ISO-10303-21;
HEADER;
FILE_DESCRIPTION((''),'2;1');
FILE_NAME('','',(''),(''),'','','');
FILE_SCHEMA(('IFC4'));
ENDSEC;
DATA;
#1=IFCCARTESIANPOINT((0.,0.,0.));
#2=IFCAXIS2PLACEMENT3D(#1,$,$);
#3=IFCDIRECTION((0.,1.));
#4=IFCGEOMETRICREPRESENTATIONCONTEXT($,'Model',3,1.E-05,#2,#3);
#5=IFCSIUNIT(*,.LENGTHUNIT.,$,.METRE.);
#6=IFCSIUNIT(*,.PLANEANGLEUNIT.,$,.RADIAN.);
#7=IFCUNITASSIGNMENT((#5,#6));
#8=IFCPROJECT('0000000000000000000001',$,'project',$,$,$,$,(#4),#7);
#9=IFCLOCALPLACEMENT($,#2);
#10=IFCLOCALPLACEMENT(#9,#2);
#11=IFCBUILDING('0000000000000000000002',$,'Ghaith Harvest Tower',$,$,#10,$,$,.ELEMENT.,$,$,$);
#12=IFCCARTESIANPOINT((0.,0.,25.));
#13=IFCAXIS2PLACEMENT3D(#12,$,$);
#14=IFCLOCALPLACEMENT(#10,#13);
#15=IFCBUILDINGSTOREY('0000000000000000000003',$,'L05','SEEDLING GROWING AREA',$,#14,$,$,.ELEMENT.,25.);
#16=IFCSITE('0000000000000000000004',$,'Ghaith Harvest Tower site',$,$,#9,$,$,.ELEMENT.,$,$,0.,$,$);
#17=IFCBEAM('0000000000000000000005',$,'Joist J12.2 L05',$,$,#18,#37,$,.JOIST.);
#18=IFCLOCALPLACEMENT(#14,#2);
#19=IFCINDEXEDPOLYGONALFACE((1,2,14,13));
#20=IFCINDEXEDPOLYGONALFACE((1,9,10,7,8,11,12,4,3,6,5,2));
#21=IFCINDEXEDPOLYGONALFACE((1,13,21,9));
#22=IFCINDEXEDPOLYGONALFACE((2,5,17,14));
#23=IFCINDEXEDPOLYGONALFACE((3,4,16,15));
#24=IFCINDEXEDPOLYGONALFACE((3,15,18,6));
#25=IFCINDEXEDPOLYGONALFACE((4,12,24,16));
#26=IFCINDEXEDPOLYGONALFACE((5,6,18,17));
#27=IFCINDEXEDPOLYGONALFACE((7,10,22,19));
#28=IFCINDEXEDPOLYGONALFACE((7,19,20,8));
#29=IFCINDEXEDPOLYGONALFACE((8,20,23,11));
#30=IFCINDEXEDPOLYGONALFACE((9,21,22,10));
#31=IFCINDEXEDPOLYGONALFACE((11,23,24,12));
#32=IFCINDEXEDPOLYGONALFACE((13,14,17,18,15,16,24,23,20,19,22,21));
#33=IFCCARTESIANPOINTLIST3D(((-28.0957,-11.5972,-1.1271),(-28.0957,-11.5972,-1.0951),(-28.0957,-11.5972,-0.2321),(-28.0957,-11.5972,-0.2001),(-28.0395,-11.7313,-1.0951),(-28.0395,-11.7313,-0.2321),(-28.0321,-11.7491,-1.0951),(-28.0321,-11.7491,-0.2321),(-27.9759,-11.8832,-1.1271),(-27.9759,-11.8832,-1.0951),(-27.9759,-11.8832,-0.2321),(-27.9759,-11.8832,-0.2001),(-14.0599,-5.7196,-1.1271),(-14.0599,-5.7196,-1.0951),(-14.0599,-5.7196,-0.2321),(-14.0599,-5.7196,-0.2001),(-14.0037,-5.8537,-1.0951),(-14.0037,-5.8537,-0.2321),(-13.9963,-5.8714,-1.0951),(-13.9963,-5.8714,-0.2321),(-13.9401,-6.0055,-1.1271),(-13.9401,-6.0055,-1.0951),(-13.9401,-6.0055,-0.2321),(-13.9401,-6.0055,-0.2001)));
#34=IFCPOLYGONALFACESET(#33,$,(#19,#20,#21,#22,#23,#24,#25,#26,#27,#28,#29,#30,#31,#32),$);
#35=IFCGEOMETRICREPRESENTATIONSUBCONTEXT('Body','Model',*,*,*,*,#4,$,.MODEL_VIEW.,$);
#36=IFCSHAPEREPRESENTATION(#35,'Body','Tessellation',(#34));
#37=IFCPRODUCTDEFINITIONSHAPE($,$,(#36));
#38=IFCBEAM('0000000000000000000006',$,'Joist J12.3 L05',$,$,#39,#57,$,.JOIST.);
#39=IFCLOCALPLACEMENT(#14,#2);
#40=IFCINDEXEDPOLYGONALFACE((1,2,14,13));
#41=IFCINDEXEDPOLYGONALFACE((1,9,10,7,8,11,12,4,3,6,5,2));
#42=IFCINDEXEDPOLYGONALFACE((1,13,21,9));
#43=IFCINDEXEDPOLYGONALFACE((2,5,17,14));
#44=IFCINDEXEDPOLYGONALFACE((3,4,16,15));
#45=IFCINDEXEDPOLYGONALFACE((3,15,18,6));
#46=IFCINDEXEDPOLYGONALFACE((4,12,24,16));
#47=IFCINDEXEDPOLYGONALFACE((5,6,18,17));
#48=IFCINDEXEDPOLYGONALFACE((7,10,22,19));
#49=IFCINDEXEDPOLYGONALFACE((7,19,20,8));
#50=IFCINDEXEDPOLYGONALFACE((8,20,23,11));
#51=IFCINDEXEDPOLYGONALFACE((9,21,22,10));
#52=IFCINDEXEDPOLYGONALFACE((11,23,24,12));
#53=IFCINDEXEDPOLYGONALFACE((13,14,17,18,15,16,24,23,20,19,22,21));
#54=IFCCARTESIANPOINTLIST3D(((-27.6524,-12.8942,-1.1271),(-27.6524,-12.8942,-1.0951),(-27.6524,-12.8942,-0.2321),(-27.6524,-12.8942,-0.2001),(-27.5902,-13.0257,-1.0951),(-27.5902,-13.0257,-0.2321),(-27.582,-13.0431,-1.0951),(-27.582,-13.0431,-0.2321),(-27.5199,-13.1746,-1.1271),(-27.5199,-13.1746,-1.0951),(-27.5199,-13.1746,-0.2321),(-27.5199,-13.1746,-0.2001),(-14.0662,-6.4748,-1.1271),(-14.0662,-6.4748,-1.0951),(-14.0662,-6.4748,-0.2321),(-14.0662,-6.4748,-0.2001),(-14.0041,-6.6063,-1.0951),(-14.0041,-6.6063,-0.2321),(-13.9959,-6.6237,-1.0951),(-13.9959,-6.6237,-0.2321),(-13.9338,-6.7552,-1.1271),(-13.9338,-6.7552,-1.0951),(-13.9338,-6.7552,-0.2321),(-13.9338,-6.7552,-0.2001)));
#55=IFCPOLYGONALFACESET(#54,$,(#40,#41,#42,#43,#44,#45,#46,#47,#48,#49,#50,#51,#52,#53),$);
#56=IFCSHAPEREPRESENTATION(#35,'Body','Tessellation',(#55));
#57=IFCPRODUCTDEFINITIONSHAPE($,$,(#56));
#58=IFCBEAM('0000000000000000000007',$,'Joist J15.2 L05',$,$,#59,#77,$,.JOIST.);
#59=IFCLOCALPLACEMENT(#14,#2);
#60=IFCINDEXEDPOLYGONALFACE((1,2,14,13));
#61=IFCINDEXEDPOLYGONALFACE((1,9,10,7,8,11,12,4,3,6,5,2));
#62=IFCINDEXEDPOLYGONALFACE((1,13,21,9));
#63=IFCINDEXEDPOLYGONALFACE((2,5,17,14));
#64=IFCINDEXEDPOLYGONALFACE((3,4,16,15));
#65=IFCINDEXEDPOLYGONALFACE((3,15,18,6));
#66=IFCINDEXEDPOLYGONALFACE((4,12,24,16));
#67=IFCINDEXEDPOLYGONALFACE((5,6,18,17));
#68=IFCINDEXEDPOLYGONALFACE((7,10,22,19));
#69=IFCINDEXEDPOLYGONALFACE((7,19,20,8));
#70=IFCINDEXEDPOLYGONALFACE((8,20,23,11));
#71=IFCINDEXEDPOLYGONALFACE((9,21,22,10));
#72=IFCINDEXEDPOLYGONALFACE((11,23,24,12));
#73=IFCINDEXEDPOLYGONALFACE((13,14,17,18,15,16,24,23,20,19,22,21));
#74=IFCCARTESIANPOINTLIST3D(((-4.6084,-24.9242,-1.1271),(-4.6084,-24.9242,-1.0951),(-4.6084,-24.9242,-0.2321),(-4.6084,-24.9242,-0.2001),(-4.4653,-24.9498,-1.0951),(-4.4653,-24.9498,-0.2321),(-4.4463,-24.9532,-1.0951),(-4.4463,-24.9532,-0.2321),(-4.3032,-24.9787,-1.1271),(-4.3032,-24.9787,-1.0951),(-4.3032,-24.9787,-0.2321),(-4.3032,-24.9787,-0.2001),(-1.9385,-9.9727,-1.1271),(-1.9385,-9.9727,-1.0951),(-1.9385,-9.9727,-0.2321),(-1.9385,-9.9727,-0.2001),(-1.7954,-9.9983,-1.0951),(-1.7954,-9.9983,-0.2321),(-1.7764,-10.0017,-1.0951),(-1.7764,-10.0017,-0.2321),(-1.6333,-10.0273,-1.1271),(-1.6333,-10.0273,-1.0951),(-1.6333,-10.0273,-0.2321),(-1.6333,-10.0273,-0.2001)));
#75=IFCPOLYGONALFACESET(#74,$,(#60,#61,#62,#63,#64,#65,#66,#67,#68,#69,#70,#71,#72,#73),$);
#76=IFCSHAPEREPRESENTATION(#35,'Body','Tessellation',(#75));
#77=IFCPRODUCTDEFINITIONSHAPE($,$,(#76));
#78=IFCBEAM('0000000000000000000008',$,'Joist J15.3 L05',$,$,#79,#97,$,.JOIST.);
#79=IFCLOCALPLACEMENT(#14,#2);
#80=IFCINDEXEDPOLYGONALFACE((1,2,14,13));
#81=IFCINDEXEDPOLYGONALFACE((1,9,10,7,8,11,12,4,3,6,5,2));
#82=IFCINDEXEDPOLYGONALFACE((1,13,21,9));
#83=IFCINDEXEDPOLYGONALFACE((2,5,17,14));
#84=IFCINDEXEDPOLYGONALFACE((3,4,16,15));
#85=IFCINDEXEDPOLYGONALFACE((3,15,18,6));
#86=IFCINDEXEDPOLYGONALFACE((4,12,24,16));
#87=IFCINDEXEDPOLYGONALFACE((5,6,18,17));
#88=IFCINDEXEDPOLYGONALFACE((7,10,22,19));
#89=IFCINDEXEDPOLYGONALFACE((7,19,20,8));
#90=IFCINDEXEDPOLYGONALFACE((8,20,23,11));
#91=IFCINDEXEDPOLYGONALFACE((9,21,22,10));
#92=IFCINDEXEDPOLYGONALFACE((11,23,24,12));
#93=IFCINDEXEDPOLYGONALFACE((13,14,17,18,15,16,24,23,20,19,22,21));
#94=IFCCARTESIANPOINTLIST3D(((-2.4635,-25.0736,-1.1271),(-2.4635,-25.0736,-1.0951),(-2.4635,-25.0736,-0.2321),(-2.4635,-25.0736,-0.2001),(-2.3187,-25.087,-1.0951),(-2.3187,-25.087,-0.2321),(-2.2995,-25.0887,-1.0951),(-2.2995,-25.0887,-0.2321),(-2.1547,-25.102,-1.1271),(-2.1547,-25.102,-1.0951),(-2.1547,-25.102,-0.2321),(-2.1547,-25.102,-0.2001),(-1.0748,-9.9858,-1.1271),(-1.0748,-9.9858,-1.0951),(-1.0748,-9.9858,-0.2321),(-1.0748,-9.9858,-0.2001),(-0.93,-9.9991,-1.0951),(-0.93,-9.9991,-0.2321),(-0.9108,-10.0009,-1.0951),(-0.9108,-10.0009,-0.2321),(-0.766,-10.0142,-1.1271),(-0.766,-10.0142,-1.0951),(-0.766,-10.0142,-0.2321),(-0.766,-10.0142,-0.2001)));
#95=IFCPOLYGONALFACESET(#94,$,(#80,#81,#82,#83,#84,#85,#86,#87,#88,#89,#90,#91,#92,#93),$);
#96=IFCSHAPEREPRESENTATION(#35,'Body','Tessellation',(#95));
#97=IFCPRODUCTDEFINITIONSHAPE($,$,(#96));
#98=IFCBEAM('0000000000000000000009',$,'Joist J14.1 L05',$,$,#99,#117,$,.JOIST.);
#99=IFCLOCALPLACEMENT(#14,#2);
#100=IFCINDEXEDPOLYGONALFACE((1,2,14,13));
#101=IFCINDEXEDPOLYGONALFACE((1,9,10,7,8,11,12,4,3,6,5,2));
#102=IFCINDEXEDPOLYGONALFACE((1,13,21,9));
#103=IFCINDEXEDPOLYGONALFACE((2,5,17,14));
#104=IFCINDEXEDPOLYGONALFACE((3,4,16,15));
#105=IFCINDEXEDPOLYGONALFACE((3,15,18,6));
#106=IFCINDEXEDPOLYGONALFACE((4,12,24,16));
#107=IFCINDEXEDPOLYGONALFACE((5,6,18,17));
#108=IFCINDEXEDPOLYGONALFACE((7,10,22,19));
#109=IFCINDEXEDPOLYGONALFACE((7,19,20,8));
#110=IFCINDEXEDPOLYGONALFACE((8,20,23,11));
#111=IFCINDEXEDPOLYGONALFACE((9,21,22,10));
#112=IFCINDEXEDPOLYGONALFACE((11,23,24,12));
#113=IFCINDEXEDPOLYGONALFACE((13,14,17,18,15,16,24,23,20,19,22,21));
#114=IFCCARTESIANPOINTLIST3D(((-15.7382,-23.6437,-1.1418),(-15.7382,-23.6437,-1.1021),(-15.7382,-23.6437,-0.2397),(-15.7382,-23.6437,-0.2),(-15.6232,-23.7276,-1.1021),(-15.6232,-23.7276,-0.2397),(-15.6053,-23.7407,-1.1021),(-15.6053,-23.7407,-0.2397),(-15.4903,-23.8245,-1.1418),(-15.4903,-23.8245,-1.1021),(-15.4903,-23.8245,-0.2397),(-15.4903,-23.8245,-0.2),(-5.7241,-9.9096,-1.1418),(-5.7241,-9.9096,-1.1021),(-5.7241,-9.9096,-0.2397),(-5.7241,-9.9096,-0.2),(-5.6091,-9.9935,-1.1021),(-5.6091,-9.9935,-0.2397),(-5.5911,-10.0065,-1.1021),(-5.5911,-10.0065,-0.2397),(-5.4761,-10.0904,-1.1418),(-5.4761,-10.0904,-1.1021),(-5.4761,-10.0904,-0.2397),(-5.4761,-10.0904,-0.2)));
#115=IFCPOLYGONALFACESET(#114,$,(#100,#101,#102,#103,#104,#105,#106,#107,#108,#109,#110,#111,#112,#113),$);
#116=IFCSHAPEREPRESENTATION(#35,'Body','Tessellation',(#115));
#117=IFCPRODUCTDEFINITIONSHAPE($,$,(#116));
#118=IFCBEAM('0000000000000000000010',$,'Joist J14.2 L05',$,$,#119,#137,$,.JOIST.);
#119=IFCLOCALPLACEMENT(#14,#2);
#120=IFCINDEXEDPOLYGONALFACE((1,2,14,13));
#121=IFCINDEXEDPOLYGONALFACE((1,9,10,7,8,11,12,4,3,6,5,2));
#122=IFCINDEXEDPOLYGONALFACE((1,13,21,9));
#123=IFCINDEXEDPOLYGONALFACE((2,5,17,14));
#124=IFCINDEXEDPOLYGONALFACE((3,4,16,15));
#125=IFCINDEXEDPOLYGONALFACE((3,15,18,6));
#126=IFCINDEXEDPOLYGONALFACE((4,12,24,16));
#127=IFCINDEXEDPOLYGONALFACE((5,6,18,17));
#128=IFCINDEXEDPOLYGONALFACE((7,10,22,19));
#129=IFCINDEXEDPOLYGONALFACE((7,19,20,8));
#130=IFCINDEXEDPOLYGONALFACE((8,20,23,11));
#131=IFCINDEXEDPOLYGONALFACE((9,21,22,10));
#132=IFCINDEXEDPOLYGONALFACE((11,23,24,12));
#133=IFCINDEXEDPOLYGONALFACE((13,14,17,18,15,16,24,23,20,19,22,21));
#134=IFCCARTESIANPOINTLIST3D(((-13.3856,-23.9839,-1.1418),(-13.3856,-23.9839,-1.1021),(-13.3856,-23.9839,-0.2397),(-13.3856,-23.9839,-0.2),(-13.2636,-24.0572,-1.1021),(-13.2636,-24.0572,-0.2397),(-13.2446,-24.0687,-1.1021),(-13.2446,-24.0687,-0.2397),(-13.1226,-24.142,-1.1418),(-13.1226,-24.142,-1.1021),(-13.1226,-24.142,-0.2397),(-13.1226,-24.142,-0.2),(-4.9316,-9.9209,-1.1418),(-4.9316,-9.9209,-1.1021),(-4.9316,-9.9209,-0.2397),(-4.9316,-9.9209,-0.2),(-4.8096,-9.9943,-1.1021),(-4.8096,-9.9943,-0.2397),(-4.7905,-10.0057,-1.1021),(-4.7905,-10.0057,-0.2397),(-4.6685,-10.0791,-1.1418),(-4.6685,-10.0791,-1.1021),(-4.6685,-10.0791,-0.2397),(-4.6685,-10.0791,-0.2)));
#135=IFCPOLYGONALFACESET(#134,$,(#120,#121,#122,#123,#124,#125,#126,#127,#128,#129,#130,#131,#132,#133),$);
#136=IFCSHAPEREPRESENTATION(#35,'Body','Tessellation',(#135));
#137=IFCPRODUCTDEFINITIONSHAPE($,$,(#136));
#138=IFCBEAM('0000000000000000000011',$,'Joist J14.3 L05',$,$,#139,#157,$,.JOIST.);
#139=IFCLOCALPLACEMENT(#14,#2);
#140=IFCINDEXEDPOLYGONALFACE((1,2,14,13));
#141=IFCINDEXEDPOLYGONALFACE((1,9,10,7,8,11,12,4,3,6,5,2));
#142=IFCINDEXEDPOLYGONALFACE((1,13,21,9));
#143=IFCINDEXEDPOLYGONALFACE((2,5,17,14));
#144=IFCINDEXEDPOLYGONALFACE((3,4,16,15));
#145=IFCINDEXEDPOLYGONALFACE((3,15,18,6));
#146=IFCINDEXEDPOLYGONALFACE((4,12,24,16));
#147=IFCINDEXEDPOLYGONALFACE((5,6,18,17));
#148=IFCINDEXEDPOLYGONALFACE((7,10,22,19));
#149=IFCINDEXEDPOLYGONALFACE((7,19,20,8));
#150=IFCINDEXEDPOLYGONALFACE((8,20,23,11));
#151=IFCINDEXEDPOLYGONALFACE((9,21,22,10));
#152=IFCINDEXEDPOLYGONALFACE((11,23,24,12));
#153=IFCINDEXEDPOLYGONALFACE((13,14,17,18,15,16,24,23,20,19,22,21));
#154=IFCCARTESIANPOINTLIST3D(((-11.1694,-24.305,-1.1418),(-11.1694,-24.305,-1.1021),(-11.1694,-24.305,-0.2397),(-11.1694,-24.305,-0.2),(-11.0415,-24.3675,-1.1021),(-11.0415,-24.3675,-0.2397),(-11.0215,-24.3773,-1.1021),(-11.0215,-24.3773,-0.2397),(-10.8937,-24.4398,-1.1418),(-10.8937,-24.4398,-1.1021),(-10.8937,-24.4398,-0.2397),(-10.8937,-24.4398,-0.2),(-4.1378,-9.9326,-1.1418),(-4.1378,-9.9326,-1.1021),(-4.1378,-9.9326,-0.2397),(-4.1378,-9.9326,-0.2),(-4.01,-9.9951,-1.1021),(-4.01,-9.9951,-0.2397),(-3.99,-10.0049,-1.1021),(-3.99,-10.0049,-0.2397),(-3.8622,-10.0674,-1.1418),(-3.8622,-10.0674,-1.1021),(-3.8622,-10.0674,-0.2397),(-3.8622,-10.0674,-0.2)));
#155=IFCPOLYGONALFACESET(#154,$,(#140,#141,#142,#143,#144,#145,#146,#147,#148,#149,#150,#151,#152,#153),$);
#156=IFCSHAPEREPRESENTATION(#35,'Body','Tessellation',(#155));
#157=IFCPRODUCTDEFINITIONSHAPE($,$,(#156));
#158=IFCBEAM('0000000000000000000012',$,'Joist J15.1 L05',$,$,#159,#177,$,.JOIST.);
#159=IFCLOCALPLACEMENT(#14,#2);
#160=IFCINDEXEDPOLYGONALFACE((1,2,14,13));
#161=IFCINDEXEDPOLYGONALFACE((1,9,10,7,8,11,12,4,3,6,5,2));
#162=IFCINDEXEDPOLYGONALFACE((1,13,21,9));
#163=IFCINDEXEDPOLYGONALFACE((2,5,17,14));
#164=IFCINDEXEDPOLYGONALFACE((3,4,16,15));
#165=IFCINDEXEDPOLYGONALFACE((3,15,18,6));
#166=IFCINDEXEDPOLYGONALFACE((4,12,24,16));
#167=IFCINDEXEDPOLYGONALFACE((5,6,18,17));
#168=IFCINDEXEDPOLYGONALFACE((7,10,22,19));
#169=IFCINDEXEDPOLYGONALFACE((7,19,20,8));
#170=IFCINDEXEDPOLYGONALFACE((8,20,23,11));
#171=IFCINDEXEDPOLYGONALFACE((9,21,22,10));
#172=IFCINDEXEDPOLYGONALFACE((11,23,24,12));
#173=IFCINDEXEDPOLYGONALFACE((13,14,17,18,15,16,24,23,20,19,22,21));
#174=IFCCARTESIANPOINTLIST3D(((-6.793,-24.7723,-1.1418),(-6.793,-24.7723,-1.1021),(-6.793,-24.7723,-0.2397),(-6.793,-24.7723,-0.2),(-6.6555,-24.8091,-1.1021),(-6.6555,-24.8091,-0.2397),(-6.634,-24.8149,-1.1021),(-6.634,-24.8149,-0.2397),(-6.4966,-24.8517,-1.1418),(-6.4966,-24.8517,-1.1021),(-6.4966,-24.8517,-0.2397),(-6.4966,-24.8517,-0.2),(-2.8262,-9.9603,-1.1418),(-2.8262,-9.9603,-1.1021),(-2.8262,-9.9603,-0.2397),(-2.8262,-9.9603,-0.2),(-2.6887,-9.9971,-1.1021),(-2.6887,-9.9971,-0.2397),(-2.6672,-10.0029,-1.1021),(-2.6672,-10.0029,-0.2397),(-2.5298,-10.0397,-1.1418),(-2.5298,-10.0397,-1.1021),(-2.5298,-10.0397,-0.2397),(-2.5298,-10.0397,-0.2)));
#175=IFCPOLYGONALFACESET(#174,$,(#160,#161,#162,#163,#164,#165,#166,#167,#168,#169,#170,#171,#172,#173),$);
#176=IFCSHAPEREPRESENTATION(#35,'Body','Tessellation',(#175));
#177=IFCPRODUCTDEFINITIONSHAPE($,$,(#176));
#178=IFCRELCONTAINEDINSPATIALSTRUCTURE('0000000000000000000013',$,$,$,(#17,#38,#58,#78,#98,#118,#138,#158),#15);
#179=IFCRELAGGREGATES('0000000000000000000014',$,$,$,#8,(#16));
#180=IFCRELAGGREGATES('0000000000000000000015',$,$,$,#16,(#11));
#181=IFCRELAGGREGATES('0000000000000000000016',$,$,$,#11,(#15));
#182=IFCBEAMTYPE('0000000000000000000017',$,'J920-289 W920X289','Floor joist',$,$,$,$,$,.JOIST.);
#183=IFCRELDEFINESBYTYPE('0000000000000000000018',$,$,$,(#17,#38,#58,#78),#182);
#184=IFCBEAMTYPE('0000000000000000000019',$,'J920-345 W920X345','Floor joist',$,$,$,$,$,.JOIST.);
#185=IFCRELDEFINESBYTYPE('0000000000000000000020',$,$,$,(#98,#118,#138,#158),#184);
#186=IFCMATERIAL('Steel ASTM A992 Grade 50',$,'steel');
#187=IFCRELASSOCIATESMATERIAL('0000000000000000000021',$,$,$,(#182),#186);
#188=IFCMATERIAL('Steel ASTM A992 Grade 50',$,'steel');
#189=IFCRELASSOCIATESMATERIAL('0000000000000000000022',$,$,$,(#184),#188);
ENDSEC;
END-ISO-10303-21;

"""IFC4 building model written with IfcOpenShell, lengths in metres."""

from ifc_helpers import new_model, si_unit, direction, frame, origin, origin_2d, place, context, subcontext, project, spatial, i_section, extrude, material, material_profile, profile_set, type_object, element, save


model = new_model("IFC4")

# Units and contexts
model_context = context("Model", 3, precision=1e-05, world=origin(), true_north=direction((0.0, 1.0)))
body_context = subcontext(model_context, "Body", "Model", "MODEL_VIEW")
ifc_project = project(units=[si_unit("LENGTHUNIT", "METRE"), si_unit("PLANEANGLEUNIT", "RADIAN")], contexts=[model_context])

# Site, building, storey
site_placement = place(None, origin())
site = spatial("IfcSite", under=ifc_project, at=site_placement, Name="Ghaith Harvest Tower site", CompositionType="ELEMENT", RefElevation=0.0)
building_placement = place(site_placement, origin())
building = spatial("IfcBuilding", under=site, at=building_placement, Name="Ghaith Harvest Tower", CompositionType="ELEMENT")
storey_placement = place(building_placement, frame((0.0, 0.0, 25.0)))
storey = spatial("IfcBuildingStorey", under=building, at=storey_placement, Name="L05", Description="SEEDLING GROWING AREA", CompositionType="ELEMENT", Elevation=25.0)

# Beams
ifc_material_1 = material(Name="Steel ASTM A992 Grade 50", Category="steel")
ifc_material_profile_1 = material_profile(ifc_material_1, i_section(OverallWidth=0.3101, OverallDepth=0.927, WebThickness=0.0193, FlangeThickness=0.032, at=origin_2d()), Name="W920X289")
ifc_profile_set_1 = profile_set([ifc_material_profile_1], Name="Steel ASTM A992 Grade 50")
beam_type_1 = type_object("IfcBeamType", Name="J920-289 W920X289", Description="Floor joist", PredefinedType="JOIST", material=ifc_profile_set_1)
beam_1_placement = place(storey_placement, frame((-14.0, -5.8625, -0.6636), z_axis=(-0.92239, -0.386261, 0.0), x_axis=(0.386261, -0.92239, 0.0)))
element("IfcBeam", 1, at=beam_1_placement, inside=storey, type_object=beam_type_1, Name="Joist J12.2 L05", PredefinedType="JOIST", context=body_context, shape_type="SweptSolid", body=[
    extrude(i_section(OverallWidth=0.3101, OverallDepth=0.927, WebThickness=0.0193, FlangeThickness=0.032, at=origin_2d()), origin(), (0.0, 0.0, 1.0), 15.2168),
])
beam_2_placement = place(storey_placement, frame((-14.0, -6.615, -0.6636), z_axis=(-0.904153, -0.42721, 0.0), x_axis=(0.42721, -0.904153, 0.0)))
element("IfcBeam", 2, at=beam_2_placement, inside=storey, type_object=beam_type_1, Name="Joist J12.3 L05", PredefinedType="JOIST", context=body_context, shape_type="SweptSolid", body=[
    extrude(i_section(OverallWidth=0.3101, OverallDepth=0.927, WebThickness=0.0193, FlangeThickness=0.032, at=origin_2d()), origin(), (0.0, 0.0, 1.0), 15.0264),
])
beam_3_placement = place(storey_placement, frame((-1.7859, -10.0, -0.6636), z_axis=(-0.175792, -0.984427, 0.0), x_axis=(0.984427, -0.175792, 0.0)))
element("IfcBeam", 3, at=beam_3_placement, inside=storey, type_object=beam_type_1, Name="Joist J15.2 L05", PredefinedType="JOIST", context=body_context, shape_type="SweptSolid", body=[
    extrude(i_section(OverallWidth=0.3101, OverallDepth=0.927, WebThickness=0.0193, FlangeThickness=0.032, at=origin_2d()), origin(), (0.0, 0.0, 1.0), 15.188),
])
beam_4_placement = place(storey_placement, frame((-0.9204, -10.0, -0.6636), z_axis=(-0.091651, -0.995791, 0.0), x_axis=(0.995791, -0.091651, 0.0)))
element("IfcBeam", 4, at=beam_4_placement, inside=storey, type_object=beam_type_1, Name="Joist J15.3 L05", PredefinedType="JOIST", context=body_context, shape_type="SweptSolid", body=[
    extrude(i_section(OverallWidth=0.3101, OverallDepth=0.927, WebThickness=0.0193, FlangeThickness=0.032, at=origin_2d()), origin(), (0.0, 0.0, 1.0), 15.1516),
])
ifc_material_2 = material(Name="Steel ASTM A992 Grade 50", Category="steel")
ifc_material_profile_2 = material_profile(ifc_material_2, i_section(OverallWidth=0.3069, OverallDepth=0.9419, WebThickness=0.0222, FlangeThickness=0.0398, at=origin_2d()), Name="W920X345")
ifc_profile_set_2 = profile_set([ifc_material_profile_2], Name="Steel ASTM A992 Grade 50")
beam_type_2 = type_object("IfcBeamType", Name="J920-345 W920X345", Description="Floor joist", PredefinedType="JOIST", material=ifc_profile_set_2)
beam_5_placement = place(storey_placement, frame((-5.6001, -10.0, -0.6709), z_axis=(-0.58916, -0.808016, 0.0), x_axis=(0.808016, -0.58916, 0.0)))
element("IfcBeam", 5, at=beam_5_placement, inside=storey, type_object=beam_type_2, Name="Joist J14.1 L05", PredefinedType="JOIST", context=body_context, shape_type="SweptSolid", body=[
    extrude(i_section(OverallWidth=0.3069, OverallDepth=0.9419, WebThickness=0.0222, FlangeThickness=0.0398, at=origin_2d()), origin(), (0.0, 0.0, 1.0), 16.9973),
])
beam_6_placement = place(storey_placement, frame((-4.8, -10.0, -0.6709), z_axis=(-0.515226, -0.857054, 0.0), x_axis=(0.857054, -0.515226, 0.0)))
element("IfcBeam", 6, at=beam_6_placement, inside=storey, type_object=beam_type_2, Name="Joist J14.2 L05", PredefinedType="JOIST", context=body_context, shape_type="SweptSolid", body=[
    extrude(i_section(OverallWidth=0.3069, OverallDepth=0.9419, WebThickness=0.0222, FlangeThickness=0.0398, at=origin_2d()), origin(), (0.0, 0.0, 1.0), 16.4084),
])
beam_7_placement = place(storey_placement, frame((-4.0, -10.0, -0.6709), z_axis=(-0.439464, -0.89826, 0.0), x_axis=(0.89826, -0.439464, 0.0)))
element("IfcBeam", 7, at=beam_7_placement, inside=storey, type_object=beam_type_2, Name="Joist J14.3 L05", PredefinedType="JOIST", context=body_context, shape_type="SweptSolid", body=[
    extrude(i_section(OverallWidth=0.3069, OverallDepth=0.9419, WebThickness=0.0222, FlangeThickness=0.0398, at=origin_2d()), origin(), (0.0, 0.0, 1.0), 16.0002),
])
beam_8_placement = place(storey_placement, frame((-2.678, -10.0, -0.6709), z_axis=(-0.258693, -0.96596, 0.0), x_axis=(0.96596, -0.258693, 0.0)))
element("IfcBeam", 8, at=beam_8_placement, inside=storey, type_object=beam_type_2, Name="Joist J15.1 L05", PredefinedType="JOIST", context=body_context, shape_type="SweptSolid", body=[
    extrude(i_section(OverallWidth=0.3069, OverallDepth=0.9419, WebThickness=0.0222, FlangeThickness=0.0398, at=origin_2d()), origin(), (0.0, 0.0, 1.0), 15.334),
])

save(model, "model.ifc")
